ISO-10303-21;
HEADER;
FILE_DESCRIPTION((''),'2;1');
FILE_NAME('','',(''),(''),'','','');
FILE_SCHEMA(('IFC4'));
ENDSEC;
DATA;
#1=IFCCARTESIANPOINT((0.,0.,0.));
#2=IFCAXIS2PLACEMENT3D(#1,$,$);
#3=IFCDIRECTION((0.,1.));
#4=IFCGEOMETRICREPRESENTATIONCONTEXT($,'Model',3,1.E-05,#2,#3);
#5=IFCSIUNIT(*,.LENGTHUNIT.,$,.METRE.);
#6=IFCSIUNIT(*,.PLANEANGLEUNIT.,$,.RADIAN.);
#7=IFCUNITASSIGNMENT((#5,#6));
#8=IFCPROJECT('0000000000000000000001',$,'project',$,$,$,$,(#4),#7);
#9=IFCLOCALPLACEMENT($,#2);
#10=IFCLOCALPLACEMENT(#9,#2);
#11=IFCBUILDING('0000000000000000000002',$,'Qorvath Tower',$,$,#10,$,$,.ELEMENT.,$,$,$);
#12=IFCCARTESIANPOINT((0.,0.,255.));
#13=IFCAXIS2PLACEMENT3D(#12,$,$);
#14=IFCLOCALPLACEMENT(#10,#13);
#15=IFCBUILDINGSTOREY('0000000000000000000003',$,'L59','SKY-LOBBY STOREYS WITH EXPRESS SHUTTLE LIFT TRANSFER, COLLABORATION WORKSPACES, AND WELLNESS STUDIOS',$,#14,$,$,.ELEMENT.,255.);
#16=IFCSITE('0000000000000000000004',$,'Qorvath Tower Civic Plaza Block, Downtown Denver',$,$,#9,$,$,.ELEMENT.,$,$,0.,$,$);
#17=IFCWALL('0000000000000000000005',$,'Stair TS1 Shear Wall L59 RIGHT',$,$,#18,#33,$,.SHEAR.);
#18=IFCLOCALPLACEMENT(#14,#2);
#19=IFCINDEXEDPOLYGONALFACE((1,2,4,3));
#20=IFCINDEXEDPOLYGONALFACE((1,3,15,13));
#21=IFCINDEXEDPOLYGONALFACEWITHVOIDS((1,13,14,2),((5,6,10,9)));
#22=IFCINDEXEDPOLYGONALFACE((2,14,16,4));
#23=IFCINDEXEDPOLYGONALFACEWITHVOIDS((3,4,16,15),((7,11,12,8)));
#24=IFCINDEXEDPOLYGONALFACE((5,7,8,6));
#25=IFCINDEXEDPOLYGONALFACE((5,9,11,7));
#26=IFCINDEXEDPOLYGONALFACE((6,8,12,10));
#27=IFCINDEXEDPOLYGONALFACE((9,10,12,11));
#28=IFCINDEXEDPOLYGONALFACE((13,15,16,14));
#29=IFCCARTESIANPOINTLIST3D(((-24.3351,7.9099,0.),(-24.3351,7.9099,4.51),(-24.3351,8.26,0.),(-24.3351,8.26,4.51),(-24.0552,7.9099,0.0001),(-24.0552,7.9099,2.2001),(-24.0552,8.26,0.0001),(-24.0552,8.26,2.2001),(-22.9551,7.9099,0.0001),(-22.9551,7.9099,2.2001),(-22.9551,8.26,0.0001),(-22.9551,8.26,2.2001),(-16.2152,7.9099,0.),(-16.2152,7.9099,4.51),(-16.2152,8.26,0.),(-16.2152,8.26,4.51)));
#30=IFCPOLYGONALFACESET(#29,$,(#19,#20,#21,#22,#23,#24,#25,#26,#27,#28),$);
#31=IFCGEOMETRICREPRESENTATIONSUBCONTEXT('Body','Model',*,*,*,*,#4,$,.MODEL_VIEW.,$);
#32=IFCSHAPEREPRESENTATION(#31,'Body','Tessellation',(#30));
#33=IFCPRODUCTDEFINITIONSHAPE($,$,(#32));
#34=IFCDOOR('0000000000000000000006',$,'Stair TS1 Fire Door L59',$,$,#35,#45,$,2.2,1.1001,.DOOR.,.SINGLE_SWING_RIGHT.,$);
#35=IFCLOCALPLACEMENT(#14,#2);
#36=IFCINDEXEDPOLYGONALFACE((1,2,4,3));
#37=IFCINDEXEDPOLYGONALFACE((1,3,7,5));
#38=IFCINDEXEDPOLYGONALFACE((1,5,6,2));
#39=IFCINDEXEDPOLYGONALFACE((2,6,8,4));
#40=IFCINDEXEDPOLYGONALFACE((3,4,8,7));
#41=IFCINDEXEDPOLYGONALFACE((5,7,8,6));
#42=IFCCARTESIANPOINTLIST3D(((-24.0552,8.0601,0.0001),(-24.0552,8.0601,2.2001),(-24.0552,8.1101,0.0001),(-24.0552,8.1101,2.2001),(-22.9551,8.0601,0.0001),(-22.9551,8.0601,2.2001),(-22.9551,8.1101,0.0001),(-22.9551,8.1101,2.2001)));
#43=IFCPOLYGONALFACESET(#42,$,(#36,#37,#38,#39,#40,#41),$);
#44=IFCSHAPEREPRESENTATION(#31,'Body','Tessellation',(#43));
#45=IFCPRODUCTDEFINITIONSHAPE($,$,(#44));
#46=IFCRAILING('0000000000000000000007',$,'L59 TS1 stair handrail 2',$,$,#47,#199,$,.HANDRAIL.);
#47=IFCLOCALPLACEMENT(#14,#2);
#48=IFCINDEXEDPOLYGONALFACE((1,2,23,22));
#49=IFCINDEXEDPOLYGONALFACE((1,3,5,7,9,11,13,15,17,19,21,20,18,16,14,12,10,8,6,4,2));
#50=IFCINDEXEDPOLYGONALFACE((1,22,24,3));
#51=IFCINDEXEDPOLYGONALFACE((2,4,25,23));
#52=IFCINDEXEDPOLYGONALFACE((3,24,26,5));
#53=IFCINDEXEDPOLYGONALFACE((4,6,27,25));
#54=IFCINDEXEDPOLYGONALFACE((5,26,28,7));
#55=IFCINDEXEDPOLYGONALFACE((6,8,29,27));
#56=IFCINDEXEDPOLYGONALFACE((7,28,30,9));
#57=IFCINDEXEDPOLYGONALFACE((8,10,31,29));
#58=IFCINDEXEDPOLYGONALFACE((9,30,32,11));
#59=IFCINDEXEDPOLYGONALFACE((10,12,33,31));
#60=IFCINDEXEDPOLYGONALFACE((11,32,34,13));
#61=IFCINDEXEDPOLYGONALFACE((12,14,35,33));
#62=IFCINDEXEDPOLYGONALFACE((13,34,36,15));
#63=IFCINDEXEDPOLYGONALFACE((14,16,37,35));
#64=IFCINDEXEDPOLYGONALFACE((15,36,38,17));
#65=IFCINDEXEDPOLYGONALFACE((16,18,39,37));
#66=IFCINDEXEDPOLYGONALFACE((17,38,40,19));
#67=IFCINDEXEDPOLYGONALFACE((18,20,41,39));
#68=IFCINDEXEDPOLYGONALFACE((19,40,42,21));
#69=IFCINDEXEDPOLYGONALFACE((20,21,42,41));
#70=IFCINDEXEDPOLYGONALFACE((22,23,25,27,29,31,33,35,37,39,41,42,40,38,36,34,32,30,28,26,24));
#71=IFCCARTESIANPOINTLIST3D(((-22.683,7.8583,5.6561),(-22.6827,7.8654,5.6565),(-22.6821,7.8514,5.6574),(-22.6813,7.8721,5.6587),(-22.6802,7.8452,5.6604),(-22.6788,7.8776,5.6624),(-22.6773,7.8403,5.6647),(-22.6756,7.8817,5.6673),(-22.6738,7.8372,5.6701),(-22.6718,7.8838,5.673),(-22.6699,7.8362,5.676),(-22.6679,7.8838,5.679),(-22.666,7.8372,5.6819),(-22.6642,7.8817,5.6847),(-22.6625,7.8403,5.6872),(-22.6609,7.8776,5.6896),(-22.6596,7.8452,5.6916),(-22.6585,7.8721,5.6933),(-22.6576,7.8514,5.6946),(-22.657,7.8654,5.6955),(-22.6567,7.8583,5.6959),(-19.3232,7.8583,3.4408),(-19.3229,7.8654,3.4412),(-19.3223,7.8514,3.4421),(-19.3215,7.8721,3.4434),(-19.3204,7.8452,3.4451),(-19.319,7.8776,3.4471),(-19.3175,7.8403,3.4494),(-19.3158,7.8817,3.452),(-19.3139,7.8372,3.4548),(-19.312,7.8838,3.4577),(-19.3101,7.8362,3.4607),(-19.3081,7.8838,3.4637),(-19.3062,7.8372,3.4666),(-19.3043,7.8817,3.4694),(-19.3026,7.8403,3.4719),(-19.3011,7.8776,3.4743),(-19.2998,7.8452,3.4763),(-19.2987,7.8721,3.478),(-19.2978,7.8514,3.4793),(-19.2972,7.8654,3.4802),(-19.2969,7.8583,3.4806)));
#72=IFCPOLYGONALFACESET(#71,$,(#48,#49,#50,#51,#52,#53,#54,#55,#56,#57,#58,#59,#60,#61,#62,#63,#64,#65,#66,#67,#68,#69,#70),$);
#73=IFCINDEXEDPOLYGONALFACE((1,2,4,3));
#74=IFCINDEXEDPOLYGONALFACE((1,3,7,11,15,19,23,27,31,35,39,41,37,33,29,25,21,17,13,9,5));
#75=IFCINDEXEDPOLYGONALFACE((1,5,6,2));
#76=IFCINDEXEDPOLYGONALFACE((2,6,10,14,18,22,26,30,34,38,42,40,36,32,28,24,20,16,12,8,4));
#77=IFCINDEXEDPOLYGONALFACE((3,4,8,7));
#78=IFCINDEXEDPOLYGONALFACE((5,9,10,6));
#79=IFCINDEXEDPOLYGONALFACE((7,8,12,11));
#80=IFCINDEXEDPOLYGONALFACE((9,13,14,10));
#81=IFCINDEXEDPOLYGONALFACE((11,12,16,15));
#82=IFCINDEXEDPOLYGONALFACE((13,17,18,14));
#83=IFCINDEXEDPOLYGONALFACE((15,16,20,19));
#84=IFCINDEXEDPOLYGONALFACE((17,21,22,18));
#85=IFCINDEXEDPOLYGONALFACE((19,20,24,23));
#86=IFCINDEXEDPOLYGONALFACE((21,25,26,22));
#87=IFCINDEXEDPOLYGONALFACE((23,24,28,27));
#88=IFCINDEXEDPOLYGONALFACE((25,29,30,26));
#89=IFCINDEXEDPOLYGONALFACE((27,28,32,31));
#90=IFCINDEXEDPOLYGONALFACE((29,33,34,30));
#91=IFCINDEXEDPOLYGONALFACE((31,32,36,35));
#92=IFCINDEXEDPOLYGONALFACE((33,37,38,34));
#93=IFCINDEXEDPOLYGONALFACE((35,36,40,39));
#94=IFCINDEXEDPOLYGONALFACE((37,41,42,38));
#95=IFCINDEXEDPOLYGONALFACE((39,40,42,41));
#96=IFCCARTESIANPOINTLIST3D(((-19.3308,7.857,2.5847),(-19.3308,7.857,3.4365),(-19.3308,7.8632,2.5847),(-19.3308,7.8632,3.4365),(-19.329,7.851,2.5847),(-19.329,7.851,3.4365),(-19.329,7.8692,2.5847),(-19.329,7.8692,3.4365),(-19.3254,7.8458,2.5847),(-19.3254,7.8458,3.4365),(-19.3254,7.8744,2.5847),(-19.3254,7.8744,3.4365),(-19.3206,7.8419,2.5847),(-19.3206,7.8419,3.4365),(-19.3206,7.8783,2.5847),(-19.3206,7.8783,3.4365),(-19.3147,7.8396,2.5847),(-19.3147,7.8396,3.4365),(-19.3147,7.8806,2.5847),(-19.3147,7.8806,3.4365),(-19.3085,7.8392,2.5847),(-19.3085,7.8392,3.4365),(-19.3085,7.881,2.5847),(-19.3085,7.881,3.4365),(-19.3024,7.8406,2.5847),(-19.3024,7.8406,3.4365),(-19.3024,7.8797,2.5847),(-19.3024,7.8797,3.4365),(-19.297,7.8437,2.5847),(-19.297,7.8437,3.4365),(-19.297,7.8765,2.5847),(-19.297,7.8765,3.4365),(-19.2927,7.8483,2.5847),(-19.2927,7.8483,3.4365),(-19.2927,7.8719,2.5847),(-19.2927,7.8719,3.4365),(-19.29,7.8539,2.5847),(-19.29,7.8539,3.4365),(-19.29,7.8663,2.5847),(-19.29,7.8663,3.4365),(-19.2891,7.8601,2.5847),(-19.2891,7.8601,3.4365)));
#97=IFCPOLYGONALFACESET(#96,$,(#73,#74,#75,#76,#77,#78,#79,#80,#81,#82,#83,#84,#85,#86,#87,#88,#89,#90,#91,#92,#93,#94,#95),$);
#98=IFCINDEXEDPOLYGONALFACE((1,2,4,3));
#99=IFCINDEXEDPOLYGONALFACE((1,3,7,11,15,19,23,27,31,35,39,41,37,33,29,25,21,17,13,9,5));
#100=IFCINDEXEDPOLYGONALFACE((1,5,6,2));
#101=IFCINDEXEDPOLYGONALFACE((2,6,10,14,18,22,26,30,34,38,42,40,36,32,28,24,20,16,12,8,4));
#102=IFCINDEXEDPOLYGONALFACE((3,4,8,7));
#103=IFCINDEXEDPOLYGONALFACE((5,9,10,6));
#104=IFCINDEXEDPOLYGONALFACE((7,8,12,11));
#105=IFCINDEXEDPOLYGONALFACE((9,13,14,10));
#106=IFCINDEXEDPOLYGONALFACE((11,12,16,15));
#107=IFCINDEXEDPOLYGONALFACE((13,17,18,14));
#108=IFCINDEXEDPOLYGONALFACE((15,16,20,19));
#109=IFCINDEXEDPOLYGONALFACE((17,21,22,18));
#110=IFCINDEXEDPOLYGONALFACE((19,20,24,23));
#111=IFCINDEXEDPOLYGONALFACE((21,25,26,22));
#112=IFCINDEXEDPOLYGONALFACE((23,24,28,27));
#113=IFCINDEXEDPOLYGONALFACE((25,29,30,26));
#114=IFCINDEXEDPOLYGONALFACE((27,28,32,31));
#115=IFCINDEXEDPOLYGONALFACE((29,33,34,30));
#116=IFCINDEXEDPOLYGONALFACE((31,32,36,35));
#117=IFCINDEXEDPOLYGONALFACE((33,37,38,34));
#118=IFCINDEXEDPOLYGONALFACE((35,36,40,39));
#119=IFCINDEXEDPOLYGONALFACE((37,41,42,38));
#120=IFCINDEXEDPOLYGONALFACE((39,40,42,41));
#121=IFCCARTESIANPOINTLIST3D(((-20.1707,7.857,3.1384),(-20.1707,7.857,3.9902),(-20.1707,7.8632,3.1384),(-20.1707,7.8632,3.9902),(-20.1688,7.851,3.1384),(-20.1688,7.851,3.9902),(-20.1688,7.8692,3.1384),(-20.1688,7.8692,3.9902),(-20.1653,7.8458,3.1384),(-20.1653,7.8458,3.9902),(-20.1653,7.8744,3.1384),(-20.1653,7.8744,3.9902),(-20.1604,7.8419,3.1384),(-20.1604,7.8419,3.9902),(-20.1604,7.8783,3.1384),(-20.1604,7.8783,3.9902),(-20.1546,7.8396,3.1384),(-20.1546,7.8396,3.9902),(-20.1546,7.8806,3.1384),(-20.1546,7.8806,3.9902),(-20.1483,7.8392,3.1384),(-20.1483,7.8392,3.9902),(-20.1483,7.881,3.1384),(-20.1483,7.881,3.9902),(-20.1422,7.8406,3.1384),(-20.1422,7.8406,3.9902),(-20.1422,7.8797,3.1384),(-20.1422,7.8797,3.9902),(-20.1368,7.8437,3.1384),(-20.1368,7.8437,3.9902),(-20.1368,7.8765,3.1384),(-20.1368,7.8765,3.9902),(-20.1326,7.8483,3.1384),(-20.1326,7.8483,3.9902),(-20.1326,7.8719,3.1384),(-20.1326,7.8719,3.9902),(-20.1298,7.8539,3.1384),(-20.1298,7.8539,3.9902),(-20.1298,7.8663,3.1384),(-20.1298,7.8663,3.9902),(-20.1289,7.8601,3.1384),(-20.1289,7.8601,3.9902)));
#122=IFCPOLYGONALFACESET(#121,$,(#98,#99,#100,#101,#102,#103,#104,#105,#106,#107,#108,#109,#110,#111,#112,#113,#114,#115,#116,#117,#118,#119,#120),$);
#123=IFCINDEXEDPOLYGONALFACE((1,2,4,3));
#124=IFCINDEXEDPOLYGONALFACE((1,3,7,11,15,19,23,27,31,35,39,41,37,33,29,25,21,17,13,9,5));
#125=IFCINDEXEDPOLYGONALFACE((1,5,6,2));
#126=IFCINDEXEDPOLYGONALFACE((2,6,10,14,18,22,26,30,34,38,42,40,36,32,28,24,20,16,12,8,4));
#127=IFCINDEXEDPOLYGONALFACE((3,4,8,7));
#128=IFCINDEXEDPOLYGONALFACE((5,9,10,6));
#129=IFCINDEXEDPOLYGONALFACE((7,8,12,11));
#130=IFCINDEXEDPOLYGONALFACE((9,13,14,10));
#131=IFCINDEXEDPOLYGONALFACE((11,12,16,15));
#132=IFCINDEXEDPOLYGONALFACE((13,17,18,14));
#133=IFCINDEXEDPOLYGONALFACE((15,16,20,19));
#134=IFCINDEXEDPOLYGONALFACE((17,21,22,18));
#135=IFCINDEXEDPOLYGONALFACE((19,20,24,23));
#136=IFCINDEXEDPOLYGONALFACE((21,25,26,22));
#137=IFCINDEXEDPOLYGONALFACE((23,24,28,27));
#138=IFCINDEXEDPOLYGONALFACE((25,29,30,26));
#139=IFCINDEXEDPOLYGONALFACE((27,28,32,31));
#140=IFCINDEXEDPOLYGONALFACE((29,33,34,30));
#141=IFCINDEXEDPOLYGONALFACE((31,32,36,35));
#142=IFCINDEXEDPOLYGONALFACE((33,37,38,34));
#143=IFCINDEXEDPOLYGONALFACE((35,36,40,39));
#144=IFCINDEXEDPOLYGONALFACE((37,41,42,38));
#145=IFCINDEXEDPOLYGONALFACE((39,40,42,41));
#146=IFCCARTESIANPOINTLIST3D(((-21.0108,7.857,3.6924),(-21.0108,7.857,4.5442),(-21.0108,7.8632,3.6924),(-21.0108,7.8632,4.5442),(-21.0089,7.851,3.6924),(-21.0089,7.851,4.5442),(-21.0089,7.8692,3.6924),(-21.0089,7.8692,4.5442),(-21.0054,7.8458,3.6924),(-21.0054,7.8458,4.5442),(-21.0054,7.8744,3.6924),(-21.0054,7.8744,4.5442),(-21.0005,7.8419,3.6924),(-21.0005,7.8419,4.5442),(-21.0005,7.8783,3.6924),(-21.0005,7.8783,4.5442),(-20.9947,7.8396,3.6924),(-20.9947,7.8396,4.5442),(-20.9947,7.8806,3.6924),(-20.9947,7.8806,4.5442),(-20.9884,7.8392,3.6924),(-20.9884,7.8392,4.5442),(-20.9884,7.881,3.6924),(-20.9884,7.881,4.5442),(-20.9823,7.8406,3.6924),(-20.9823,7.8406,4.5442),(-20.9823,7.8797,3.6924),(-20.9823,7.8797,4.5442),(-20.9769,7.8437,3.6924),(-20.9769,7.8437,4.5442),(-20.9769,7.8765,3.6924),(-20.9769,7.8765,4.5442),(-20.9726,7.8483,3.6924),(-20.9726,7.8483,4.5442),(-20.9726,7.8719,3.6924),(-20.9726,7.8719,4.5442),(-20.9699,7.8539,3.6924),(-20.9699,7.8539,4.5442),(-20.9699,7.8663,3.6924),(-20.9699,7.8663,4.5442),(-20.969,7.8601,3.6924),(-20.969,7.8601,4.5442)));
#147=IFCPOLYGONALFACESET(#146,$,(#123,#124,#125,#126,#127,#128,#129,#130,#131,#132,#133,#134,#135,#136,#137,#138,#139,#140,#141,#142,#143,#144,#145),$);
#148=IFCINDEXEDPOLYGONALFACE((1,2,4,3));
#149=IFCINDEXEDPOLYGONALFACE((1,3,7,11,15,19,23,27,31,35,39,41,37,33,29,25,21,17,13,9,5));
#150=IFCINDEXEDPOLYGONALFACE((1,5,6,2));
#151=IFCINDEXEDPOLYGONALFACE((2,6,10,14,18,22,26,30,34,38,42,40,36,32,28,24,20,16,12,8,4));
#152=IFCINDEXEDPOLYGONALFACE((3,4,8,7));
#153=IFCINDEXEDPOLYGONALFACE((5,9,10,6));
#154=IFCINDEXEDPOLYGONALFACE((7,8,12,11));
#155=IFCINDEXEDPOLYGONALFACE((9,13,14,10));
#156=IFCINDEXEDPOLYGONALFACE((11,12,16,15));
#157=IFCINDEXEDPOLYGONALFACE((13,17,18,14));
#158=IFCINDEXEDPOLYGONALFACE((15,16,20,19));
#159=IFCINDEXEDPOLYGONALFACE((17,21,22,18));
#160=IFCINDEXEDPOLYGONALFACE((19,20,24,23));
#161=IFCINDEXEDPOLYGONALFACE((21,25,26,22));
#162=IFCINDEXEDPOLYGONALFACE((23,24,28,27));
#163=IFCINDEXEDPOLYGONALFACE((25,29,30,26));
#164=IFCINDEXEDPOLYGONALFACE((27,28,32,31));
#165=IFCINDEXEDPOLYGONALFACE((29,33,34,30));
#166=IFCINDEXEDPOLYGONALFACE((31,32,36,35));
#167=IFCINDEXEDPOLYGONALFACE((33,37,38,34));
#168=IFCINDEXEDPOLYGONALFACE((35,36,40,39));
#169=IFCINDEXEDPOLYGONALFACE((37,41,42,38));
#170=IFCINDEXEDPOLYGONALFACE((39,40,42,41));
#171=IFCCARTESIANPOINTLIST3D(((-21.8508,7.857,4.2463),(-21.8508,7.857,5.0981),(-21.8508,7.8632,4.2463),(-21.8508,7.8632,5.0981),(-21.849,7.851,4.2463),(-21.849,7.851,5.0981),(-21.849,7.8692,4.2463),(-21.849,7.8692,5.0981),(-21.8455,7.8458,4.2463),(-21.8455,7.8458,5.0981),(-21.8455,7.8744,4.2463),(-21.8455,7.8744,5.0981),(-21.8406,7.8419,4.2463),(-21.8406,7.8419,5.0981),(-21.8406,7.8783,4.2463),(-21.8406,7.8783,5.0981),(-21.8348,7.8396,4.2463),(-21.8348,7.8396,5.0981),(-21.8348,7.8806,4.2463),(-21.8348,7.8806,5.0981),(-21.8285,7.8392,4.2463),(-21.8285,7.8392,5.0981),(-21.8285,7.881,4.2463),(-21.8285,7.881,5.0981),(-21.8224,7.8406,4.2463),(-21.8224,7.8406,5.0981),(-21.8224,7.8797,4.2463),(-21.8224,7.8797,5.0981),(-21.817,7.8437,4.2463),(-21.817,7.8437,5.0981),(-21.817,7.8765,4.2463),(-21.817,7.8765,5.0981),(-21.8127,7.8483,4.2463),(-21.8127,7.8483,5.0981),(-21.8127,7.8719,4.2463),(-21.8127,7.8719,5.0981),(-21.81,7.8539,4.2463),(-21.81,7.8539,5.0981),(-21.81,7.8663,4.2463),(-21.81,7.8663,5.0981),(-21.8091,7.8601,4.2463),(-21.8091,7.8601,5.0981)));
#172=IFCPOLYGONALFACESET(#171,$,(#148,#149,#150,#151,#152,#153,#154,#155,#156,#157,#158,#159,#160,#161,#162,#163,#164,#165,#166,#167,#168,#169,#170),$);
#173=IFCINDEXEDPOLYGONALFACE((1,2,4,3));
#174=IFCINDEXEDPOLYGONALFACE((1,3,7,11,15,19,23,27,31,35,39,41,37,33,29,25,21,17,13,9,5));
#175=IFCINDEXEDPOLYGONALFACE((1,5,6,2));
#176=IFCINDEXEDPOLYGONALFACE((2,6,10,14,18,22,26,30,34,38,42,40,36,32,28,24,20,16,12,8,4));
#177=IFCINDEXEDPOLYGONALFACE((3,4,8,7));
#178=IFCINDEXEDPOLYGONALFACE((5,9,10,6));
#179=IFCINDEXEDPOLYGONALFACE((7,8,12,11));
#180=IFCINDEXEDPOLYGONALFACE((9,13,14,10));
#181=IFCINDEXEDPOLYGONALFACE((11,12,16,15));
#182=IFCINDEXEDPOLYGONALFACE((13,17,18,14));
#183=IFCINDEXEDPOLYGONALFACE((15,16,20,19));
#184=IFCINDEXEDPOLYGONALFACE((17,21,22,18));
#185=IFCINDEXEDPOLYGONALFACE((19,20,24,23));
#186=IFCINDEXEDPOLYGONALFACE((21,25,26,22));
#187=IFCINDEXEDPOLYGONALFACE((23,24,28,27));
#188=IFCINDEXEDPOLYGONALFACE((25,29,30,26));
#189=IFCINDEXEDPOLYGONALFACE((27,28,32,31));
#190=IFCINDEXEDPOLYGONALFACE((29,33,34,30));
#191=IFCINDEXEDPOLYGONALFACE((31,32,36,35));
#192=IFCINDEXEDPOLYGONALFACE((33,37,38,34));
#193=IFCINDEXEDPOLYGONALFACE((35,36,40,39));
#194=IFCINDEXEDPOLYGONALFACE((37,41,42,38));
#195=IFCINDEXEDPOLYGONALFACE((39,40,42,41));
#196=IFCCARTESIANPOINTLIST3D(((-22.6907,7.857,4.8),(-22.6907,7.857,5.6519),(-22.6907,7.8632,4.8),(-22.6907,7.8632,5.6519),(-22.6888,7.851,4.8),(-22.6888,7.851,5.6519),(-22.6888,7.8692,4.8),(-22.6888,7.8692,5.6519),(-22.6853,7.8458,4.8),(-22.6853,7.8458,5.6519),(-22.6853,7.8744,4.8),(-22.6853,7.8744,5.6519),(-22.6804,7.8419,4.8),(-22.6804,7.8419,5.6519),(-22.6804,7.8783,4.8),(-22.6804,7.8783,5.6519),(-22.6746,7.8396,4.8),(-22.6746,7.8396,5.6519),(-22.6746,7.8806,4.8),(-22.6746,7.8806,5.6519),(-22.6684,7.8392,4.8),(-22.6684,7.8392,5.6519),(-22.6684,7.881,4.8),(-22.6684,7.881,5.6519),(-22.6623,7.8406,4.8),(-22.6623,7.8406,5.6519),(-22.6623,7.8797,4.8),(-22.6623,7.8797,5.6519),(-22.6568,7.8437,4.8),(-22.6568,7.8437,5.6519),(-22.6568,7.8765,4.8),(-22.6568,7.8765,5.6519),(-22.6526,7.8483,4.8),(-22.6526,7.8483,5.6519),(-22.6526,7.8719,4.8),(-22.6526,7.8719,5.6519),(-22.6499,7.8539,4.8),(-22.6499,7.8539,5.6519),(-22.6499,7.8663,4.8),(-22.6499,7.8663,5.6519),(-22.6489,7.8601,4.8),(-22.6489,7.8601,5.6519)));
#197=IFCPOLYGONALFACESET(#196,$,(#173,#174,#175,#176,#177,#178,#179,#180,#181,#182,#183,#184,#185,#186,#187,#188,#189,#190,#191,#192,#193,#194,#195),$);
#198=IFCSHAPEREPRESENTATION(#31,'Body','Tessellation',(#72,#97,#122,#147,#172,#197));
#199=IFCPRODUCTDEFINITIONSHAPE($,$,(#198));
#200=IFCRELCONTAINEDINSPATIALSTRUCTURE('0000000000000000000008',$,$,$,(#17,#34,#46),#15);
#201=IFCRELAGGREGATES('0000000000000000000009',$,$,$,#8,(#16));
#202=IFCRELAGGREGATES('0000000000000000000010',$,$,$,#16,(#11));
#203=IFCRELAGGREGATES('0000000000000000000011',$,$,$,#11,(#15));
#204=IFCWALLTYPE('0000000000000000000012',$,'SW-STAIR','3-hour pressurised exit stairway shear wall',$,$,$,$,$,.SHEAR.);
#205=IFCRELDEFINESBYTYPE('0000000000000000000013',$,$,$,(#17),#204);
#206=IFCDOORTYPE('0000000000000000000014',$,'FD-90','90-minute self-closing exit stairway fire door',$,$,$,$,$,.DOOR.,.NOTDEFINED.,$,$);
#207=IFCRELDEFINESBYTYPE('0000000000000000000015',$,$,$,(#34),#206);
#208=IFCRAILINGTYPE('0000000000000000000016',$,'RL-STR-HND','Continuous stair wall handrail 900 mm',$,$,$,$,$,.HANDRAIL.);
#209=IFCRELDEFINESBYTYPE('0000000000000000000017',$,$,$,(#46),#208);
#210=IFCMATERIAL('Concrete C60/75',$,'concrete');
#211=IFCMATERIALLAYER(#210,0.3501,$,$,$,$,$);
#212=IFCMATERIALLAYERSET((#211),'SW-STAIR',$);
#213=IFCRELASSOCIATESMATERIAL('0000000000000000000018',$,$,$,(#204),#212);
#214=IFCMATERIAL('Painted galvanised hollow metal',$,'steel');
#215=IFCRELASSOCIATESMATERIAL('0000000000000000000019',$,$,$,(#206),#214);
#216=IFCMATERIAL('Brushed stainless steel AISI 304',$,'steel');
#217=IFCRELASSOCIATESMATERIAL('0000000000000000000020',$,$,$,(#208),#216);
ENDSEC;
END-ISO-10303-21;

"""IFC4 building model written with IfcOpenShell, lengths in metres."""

from ifc_helpers import new_model, si_unit, direction, frame, frame_2d, origin, origin_2d, place, context, subcontext, project, spatial, rectangle, circle, extrude, material, layer, layer_set, type_object, element, fill, save


model = new_model("IFC4")

# Units and contexts
model_context = context("Model", 3, precision=1e-05, world=origin(), true_north=direction((0.0, 1.0)))
body_context = subcontext(model_context, "Body", "Model", "MODEL_VIEW")
ifc_project = project(units=[si_unit("LENGTHUNIT", "METRE"), si_unit("PLANEANGLEUNIT", "RADIAN")], contexts=[model_context])

# Site, building, storey
site_placement = place(None, origin())
site = spatial("IfcSite", under=ifc_project, at=site_placement, Name="Qorvath Tower Civic Plaza Block, Downtown Denver", CompositionType="ELEMENT", RefElevation=0.0)
building_placement = place(site_placement, origin())
building = spatial("IfcBuilding", under=site, at=building_placement, Name="Qorvath Tower", CompositionType="ELEMENT")
storey_placement = place(building_placement, frame((0.0, 0.0, 255.0)))
storey = spatial("IfcBuildingStorey", under=building, at=storey_placement, Name="L59", Description="SKY-LOBBY STOREYS WITH EXPRESS SHUTTLE LIFT TRANSFER, COLLABORATION WORKSPACES, AND WELLNESS STUDIOS", CompositionType="ELEMENT", Elevation=255.0)

# Wall, opening, door
ifc_material_1 = material(Name="Concrete C60/75", Category="concrete")
ifc_layer_1 = layer(ifc_material_1, 0.3501)
ifc_layer_set_1 = layer_set([ifc_layer_1], Name="SW-STAIR")
wall_type = type_object("IfcWallType", Name="SW-STAIR", Description="3-hour pressurised exit stairway shear wall", PredefinedType="SHEAR", material=ifc_layer_set_1)
wall_placement = place(storey_placement, frame((-16.2151, 8.085, 0.0), z_axis=(0.0, 0.0, 1.0), x_axis=(-1.0, 0.0, 0.0)))
wall = element("IfcWall", 1, at=wall_placement, inside=storey, type_object=wall_type, Name="Stair TS1 Shear Wall L59 RIGHT", PredefinedType="SHEAR", context=body_context, shape_type="SweptSolid", body=[
    extrude(rectangle(XDim=8.1199, YDim=0.3501, at=frame_2d((4.0601, 0.0))), origin(), (0.0, 0.0, 1.0), 4.51),
])
opening_placement = place(wall_placement, frame((6.74, 0.0, 0.0)))
opening = element("IfcOpeningElement", 2, at=opening_placement, cuts=wall, PredefinedType="OPENING", context=body_context, shape_type="SweptSolid", body=[
    extrude(rectangle(XDim=1.1001, YDim=2.2, at=frame_2d((0.55, 1.1001))), frame((0.0, 0.1851, 0.0), z_axis=(0.0, -1.0, 0.0), x_axis=(1.0, 0.0, 0.0)), (0.0, 0.0, 1.0), 0.3701),
])
ifc_material_2 = material(Name="Painted galvanised hollow metal", Category="steel")
door_type = type_object("IfcDoorType", Name="FD-90", Description="90-minute self-closing exit stairway fire door", OperationType="NOTDEFINED", PredefinedType="DOOR", material=ifc_material_2)
door_placement = place(opening_placement, origin())
door = element("IfcDoor", 3, at=door_placement, inside=storey, type_object=door_type, Name="Stair TS1 Fire Door L59", OperationType="SINGLE_SWING_RIGHT", OverallHeight=2.2, OverallWidth=1.1001, PredefinedType="DOOR", context=body_context, shape_type="SweptSolid", body=[
    extrude(rectangle(XDim=1.1001, YDim=2.2, at=frame_2d((0.55, 1.1001))), frame((0.0, 0.0249, 0.0), z_axis=(0.0, -1.0, 0.0), x_axis=(1.0, 0.0, 0.0)), (0.0, 0.0, 1.0), 0.05),
])
fill(opening, door)

# Railing
ifc_material_3 = material(Name="Brushed stainless steel AISI 304", Category="steel")
railing_type = type_object("IfcRailingType", Name="RL-STR-HND", Description="Continuous stair wall handrail 900 mm", PredefinedType="HANDRAIL", material=ifc_material_3)
railing_placement = place(storey_placement, frame((-19.3101, 7.8601, 2.5847)))
element("IfcRailing", 4, at=railing_placement, inside=storey, type_object=railing_type, Name="L59 TS1 stair handrail 2", PredefinedType="HANDRAIL", context=body_context, shape_type="SweptSolid", body=[
    extrude(circle(Radius=0.0239, at=origin_2d()), frame((0.0, 0.0, 0.876), z_axis=(-0.834858, 0.0, 0.550465), x_axis=(0.0, -1.0, 0.0)), (0.0, 0.0, 1.0), 4.0244),
    extrude(circle(Radius=0.021, at=origin_2d()), origin(), (0.0, 0.0, 1.0), 0.8518),
    extrude(circle(Radius=0.021, at=origin_2d()), frame((-0.8398, 0.0, 0.5537)), (0.0, 0.0, 1.0), 0.8518),
    extrude(circle(Radius=0.021, at=origin_2d()), frame((-1.6799, 0.0, 1.1077)), (0.0, 0.0, 1.0), 0.8518),
    extrude(circle(Radius=0.021, at=origin_2d()), frame((-2.52, 0.0, 1.6616)), (0.0, 0.0, 1.0), 0.8518),
    extrude(circle(Radius=0.021, at=origin_2d()), frame((-3.3599, 0.0, 2.2153)), (0.0, 0.0, 1.0), 0.8518),
])

save(model, "model.ifc")
